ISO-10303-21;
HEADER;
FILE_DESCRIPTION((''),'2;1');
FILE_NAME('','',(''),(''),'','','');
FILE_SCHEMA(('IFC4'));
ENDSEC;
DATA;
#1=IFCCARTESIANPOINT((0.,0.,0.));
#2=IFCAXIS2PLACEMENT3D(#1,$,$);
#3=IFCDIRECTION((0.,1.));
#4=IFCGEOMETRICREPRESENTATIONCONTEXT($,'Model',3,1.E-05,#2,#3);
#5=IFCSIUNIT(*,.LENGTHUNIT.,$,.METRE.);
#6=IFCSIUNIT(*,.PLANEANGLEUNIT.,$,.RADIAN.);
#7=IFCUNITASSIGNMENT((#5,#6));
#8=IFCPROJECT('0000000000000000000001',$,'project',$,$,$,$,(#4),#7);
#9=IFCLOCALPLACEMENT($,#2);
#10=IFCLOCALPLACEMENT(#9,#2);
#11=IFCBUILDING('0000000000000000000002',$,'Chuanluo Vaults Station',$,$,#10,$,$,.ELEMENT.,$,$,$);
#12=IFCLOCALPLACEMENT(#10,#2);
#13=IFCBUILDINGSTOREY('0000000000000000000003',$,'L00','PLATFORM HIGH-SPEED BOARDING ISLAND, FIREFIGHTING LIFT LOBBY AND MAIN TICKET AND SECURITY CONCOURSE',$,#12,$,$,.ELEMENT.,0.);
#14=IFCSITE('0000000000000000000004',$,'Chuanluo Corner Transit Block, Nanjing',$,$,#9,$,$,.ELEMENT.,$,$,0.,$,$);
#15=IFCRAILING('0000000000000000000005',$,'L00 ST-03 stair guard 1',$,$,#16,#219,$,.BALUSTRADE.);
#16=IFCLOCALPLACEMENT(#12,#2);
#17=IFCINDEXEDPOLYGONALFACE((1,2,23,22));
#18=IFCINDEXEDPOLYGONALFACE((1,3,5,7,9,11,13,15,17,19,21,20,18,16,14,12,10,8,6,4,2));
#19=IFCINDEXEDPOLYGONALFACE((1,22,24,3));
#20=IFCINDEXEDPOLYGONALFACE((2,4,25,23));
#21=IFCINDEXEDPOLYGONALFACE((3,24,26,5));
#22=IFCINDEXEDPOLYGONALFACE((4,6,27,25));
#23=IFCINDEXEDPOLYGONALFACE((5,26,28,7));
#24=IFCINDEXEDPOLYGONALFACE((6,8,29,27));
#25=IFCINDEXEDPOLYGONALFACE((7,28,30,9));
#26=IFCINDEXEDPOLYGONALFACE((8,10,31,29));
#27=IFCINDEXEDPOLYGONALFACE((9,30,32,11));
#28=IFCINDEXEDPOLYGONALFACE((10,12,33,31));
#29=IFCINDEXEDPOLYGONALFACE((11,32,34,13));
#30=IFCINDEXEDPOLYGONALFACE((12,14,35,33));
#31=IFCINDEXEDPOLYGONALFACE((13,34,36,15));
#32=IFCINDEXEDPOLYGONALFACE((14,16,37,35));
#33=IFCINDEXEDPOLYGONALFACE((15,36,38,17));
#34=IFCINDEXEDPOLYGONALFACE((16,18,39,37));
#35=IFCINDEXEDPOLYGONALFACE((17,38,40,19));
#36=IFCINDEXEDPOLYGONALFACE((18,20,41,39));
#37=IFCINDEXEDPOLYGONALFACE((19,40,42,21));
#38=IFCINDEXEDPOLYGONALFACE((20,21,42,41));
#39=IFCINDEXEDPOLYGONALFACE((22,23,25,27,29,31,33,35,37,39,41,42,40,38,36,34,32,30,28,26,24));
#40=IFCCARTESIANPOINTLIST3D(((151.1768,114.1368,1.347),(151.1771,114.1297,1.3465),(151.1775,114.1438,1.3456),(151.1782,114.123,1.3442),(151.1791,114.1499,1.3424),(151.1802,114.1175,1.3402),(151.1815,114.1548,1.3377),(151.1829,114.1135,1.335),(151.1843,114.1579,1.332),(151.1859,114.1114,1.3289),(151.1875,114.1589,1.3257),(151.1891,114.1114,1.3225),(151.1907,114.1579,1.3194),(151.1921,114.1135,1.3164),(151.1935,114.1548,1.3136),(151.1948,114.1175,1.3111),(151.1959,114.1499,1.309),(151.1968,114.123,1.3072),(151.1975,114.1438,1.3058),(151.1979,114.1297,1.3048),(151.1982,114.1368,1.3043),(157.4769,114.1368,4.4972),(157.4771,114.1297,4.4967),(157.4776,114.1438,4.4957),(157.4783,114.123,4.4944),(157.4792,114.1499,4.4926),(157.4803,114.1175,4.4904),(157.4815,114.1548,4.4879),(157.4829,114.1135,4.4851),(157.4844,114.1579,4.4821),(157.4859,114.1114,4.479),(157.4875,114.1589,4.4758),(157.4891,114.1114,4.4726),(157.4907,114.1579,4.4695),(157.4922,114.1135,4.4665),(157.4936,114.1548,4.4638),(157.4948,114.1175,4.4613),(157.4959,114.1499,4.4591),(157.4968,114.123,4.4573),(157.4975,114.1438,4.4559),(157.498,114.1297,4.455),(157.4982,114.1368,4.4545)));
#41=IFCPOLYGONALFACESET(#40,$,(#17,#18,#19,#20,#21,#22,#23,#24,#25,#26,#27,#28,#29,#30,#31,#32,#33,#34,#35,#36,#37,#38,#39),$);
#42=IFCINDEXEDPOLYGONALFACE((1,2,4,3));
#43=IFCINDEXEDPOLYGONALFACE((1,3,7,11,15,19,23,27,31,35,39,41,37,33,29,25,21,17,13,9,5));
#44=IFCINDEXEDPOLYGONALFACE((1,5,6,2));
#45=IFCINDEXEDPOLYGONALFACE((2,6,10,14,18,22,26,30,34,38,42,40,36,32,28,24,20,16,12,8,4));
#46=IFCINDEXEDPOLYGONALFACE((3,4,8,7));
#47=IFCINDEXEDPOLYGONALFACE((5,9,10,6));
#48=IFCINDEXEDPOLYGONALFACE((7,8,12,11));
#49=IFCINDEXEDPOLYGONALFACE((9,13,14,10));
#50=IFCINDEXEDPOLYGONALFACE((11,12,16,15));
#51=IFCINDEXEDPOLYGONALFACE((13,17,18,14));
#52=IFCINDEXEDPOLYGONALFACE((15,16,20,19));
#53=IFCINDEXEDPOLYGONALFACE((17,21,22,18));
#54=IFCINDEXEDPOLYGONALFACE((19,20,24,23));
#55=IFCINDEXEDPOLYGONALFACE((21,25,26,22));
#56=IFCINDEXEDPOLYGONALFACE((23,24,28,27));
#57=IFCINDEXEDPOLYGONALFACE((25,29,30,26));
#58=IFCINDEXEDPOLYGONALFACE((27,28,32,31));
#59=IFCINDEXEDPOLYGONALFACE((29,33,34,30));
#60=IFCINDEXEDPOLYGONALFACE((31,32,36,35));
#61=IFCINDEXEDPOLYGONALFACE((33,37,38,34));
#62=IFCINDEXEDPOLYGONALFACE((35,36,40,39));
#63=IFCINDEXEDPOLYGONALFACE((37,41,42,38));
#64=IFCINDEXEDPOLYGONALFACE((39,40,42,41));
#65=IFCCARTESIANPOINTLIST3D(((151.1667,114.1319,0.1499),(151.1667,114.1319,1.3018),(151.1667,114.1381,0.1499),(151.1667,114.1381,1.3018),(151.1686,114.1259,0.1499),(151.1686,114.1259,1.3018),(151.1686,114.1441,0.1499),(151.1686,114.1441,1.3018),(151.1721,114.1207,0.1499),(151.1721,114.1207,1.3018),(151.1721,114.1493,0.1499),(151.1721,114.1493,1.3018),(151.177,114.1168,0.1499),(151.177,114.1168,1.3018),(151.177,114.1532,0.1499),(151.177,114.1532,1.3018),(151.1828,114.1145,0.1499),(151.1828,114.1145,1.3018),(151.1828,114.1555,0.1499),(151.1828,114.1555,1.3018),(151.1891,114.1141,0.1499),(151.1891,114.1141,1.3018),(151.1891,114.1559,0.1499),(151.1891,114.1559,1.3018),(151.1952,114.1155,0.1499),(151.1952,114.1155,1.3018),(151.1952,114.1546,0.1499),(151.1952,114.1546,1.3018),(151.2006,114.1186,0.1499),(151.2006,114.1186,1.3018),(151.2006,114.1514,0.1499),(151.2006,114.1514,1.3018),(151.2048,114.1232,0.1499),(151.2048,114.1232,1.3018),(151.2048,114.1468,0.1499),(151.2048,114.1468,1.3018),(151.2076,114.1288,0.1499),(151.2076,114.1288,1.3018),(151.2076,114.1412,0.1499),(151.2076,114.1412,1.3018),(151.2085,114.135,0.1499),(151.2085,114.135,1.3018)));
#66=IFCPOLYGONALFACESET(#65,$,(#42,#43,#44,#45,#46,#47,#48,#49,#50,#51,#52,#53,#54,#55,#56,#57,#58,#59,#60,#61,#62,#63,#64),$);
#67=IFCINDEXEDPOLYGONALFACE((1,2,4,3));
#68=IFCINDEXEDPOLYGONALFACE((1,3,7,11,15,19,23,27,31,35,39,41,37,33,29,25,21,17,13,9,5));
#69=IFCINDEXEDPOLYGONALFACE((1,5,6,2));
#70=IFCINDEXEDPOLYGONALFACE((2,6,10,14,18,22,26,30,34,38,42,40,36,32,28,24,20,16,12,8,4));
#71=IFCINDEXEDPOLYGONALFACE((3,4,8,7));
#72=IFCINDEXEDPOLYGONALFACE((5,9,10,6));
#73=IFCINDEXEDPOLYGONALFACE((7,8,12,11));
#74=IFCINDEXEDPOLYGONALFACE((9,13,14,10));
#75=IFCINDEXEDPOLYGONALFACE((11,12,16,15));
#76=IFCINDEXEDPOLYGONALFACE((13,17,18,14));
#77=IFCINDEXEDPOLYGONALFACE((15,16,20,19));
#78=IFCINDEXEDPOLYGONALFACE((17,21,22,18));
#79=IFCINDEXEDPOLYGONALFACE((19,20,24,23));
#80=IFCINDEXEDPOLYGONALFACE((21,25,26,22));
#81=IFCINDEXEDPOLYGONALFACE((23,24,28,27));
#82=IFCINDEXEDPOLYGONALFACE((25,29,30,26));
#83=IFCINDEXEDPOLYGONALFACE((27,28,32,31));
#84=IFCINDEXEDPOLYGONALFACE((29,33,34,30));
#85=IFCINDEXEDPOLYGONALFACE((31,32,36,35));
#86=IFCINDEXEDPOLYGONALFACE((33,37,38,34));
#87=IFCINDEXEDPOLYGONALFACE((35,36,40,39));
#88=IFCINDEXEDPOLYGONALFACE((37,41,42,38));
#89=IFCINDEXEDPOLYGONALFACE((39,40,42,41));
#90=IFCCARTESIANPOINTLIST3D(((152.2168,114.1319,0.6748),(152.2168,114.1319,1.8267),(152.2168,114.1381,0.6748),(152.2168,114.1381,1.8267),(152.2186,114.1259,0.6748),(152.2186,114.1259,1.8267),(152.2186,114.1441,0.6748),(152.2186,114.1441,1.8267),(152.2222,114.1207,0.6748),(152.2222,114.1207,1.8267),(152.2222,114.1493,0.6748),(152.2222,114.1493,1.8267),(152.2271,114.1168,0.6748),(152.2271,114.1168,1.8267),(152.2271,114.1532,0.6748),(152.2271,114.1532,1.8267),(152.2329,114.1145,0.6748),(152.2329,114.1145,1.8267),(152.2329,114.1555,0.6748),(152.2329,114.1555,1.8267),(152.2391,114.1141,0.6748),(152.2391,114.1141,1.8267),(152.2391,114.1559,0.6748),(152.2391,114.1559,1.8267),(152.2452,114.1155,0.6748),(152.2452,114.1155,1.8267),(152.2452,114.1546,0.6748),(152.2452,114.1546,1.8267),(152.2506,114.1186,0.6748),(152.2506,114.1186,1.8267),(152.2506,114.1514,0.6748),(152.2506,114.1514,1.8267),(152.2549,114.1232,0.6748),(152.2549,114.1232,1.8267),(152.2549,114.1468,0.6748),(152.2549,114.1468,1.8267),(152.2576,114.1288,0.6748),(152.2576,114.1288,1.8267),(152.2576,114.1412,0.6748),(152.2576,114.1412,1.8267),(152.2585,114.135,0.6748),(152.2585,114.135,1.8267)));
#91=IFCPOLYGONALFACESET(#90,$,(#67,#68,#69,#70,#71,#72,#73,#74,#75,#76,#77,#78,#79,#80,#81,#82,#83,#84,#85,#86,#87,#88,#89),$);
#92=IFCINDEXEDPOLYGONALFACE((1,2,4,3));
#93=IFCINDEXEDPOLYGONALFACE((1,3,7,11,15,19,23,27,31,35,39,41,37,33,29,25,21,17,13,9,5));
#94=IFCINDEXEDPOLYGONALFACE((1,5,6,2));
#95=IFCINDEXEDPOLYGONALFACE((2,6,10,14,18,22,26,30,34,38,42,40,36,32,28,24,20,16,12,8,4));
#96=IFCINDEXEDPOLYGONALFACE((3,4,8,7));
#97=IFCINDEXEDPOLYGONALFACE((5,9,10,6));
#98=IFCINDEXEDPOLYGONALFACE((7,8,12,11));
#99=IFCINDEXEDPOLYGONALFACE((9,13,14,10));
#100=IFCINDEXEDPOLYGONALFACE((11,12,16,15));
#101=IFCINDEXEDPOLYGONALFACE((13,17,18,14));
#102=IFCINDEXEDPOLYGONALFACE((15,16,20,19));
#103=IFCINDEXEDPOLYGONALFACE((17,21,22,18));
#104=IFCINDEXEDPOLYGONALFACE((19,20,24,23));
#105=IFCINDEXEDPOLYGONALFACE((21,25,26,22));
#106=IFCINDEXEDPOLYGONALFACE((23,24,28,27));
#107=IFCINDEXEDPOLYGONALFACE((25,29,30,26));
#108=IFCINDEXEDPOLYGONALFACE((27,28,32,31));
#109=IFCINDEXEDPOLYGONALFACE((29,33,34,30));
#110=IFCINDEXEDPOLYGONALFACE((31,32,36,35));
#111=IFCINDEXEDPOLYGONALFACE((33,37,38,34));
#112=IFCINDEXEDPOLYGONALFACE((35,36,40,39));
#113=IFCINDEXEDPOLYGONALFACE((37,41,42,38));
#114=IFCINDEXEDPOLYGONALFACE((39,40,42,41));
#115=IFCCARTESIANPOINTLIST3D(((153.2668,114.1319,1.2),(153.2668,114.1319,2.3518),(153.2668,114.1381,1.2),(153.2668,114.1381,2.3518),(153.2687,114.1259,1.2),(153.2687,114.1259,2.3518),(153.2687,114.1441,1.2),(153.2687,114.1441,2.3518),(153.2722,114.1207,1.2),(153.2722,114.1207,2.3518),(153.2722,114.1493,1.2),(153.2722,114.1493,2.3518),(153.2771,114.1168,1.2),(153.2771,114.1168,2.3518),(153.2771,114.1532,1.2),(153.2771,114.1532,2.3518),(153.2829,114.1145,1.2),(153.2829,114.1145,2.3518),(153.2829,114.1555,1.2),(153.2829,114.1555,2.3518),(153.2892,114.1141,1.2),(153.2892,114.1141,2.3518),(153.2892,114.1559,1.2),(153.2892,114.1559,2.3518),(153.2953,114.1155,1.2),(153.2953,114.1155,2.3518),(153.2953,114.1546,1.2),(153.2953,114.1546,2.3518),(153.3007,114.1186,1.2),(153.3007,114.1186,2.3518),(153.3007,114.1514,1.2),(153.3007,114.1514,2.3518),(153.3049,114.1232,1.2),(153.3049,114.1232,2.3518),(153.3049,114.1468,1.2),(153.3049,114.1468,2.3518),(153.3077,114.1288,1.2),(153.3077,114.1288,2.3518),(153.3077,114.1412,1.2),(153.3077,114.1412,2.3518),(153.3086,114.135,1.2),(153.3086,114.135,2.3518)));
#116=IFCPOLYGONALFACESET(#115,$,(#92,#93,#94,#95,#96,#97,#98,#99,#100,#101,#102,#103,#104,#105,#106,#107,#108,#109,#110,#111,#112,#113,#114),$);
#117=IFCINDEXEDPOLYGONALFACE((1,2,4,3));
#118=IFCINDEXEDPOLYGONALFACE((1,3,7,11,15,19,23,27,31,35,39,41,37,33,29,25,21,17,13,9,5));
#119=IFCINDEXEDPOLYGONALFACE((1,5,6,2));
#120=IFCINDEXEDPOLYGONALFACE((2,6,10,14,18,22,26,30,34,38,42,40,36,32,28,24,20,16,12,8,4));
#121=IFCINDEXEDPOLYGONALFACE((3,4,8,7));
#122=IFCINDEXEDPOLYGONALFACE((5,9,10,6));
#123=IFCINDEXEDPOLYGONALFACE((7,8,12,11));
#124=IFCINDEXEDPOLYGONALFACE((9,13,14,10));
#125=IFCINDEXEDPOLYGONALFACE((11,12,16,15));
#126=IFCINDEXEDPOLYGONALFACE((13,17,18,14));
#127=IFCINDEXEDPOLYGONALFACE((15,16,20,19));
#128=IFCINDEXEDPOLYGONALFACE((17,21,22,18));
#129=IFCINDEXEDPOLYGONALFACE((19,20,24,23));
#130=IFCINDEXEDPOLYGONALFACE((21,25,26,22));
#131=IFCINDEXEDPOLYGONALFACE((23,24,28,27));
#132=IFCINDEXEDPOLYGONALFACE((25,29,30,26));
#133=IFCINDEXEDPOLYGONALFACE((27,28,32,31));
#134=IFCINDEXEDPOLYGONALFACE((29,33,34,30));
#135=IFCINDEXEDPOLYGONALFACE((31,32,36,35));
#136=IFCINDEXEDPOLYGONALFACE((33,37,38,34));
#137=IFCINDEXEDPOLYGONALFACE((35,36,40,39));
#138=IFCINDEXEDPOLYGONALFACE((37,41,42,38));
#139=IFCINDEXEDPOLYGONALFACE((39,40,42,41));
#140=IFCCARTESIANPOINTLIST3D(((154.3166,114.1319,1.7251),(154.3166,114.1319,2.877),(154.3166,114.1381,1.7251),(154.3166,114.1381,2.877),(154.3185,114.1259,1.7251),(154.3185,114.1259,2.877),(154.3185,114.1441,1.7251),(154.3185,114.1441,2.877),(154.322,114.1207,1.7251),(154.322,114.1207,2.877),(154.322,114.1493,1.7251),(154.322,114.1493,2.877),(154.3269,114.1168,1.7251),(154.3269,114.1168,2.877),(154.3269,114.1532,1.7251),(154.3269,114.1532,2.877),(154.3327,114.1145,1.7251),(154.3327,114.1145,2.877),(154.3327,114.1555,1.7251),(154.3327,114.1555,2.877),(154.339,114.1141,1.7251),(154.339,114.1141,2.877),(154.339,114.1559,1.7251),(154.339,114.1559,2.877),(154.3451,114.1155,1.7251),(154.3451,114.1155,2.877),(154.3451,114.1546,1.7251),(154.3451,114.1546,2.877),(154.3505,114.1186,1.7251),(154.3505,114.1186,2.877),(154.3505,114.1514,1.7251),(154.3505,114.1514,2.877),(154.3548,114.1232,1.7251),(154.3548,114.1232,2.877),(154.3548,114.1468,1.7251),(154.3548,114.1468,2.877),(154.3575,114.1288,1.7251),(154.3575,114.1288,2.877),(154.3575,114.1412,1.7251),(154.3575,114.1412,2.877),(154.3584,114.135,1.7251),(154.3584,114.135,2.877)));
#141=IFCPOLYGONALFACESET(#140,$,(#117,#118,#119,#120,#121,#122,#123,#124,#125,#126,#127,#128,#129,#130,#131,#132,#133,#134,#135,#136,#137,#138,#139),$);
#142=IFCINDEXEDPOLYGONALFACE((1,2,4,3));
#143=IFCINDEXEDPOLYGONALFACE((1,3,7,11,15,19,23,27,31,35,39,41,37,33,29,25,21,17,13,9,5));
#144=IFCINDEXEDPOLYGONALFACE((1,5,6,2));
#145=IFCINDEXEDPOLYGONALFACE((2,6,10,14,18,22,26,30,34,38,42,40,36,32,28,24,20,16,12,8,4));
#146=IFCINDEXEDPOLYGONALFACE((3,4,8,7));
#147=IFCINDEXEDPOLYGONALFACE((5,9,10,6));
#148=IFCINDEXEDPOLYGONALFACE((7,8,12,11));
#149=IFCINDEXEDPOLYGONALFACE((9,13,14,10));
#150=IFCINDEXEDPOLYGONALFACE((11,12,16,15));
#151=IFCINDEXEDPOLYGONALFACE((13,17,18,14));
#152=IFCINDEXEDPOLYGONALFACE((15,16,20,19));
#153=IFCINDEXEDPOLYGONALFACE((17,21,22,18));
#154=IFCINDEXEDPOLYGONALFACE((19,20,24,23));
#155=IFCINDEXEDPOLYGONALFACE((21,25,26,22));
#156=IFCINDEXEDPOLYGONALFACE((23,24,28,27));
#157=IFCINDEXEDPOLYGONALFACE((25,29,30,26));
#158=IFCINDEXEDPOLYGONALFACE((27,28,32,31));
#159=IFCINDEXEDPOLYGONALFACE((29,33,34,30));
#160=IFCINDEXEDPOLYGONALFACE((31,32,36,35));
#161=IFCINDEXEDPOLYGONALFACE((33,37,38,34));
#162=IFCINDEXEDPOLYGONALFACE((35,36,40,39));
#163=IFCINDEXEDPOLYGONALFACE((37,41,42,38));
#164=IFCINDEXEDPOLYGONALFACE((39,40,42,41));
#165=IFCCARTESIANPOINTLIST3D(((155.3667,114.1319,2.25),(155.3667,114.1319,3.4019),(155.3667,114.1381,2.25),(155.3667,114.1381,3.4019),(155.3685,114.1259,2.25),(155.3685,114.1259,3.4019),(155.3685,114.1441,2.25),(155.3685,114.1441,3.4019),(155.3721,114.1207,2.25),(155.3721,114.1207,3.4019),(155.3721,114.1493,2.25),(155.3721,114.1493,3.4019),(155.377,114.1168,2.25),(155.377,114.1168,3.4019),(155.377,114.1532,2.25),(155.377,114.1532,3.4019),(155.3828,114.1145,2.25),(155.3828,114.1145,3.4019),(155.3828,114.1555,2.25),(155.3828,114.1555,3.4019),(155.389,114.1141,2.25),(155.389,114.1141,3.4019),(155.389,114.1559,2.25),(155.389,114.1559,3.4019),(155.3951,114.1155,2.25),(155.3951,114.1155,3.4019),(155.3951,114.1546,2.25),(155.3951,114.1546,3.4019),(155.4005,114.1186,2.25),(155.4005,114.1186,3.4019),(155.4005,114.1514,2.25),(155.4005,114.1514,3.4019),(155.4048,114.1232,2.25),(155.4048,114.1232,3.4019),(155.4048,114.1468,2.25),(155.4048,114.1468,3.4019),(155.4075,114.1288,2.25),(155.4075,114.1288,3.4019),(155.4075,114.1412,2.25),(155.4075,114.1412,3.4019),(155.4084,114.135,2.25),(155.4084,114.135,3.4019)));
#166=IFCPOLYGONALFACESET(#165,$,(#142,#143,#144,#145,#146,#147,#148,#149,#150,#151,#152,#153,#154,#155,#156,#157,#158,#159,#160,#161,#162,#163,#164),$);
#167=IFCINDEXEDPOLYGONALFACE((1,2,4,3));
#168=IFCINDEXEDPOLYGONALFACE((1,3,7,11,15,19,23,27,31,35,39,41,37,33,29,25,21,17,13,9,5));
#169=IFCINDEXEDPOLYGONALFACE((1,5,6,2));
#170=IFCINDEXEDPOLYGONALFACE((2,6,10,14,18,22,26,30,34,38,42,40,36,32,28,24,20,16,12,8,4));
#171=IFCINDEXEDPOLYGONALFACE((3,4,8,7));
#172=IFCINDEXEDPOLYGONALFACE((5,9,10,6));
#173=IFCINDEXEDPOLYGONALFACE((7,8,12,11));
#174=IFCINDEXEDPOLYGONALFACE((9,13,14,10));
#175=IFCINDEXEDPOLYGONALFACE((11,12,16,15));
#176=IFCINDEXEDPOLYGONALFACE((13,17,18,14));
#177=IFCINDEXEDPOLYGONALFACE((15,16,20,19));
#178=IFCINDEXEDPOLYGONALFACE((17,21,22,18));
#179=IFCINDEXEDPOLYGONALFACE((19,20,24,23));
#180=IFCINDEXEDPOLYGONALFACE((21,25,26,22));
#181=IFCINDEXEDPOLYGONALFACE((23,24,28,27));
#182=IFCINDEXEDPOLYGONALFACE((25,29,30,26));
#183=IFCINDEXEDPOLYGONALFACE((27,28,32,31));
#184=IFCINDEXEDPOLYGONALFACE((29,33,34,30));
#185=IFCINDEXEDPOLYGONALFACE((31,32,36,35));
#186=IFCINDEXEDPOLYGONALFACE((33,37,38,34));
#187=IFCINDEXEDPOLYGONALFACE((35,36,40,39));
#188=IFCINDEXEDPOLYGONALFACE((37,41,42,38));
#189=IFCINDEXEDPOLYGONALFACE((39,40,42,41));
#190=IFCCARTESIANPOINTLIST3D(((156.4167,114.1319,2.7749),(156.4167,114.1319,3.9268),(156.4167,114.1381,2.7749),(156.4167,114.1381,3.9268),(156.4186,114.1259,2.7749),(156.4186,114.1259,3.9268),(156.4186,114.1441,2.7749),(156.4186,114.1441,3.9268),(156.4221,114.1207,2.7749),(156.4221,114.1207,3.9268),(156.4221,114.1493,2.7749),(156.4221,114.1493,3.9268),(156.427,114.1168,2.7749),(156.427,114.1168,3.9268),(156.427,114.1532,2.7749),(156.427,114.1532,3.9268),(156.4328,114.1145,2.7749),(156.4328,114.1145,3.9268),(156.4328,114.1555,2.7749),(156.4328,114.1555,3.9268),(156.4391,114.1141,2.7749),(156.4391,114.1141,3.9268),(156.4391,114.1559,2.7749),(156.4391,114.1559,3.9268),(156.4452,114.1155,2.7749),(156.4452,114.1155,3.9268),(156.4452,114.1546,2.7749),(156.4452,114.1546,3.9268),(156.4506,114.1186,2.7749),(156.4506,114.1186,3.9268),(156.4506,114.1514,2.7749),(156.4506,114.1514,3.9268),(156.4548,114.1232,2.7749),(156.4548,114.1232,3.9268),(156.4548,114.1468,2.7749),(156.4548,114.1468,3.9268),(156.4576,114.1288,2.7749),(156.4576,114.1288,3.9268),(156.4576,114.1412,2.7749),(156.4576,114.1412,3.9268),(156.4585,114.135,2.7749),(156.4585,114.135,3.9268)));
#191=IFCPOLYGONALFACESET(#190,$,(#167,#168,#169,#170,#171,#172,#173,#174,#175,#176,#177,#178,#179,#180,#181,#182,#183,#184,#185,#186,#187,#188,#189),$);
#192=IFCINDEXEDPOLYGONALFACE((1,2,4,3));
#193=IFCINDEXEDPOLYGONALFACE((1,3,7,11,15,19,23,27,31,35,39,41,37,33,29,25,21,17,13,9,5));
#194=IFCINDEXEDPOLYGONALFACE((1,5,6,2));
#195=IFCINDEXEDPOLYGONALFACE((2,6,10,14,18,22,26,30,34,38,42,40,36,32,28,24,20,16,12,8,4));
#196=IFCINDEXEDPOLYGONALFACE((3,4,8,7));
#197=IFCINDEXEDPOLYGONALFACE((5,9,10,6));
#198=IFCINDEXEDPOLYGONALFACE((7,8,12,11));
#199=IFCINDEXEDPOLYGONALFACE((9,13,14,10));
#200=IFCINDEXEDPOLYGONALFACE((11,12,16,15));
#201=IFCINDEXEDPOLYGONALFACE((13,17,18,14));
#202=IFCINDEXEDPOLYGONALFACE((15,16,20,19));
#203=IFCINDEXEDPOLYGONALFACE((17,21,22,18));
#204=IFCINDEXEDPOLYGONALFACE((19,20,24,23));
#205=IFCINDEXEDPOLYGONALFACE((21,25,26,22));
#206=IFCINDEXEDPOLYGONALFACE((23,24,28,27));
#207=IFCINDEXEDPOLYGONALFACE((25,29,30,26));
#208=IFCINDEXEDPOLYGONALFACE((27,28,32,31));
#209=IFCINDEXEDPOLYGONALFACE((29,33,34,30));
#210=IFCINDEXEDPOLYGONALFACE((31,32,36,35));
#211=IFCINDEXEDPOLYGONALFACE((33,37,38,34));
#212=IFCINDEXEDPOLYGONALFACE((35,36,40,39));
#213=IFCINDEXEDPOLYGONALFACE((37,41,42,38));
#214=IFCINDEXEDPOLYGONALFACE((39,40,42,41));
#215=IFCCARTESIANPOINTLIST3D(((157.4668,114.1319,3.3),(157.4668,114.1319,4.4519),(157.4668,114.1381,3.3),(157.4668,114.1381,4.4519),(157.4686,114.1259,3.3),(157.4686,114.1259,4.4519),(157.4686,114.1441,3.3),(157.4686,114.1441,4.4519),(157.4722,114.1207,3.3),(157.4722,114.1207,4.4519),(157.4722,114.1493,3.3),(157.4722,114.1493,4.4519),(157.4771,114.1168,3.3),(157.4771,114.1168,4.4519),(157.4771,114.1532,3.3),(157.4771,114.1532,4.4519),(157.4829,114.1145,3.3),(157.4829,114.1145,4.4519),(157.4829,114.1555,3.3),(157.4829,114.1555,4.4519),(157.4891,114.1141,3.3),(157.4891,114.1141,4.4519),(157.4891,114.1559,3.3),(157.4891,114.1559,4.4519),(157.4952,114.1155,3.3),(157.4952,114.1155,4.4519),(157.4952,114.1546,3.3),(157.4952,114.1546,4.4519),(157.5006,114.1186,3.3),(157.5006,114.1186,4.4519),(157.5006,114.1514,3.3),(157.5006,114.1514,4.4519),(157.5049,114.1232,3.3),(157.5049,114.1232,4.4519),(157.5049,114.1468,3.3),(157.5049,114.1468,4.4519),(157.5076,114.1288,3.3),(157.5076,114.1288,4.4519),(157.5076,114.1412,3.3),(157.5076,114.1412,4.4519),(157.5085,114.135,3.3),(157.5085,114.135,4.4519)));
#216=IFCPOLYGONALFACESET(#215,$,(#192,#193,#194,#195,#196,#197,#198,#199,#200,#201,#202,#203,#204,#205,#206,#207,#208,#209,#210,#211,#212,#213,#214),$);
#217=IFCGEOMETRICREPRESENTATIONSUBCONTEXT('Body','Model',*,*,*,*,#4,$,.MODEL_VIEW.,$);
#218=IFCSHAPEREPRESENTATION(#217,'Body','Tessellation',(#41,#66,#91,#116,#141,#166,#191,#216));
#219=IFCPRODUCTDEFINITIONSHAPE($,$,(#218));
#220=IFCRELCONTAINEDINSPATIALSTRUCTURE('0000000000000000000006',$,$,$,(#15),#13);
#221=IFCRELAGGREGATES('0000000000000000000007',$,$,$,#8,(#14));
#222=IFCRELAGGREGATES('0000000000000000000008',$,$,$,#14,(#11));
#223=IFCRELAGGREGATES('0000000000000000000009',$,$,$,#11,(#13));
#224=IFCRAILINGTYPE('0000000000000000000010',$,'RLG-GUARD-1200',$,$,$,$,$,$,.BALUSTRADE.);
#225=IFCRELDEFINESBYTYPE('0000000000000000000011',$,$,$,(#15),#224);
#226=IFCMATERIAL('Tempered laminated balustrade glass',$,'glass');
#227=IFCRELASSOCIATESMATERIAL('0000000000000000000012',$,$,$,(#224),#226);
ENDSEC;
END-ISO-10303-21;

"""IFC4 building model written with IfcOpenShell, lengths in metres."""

from ifc_helpers import new_model, si_unit, direction, frame, origin, origin_2d, place, context, subcontext, project, spatial, circle, extrude, material, type_object, element, save


model = new_model("IFC4")

# Units and contexts
model_context = context("Model", 3, precision=1e-05, world=origin(), true_north=direction((0.0, 1.0)))
body_context = subcontext(model_context, "Body", "Model", "MODEL_VIEW")
ifc_project = project(units=[si_unit("LENGTHUNIT", "METRE"), si_unit("PLANEANGLEUNIT", "RADIAN")], contexts=[model_context])

# Site, building, storey
site_placement = place(None, origin())
site = spatial("IfcSite", under=ifc_project, at=site_placement, Name="Chuanluo Corner Transit Block, Nanjing", CompositionType="ELEMENT", RefElevation=0.0)
building_placement = place(site_placement, origin())
building = spatial("IfcBuilding", under=site, at=building_placement, Name="Chuanluo Vaults Station", CompositionType="ELEMENT")
storey_placement = place(building_placement, origin())
storey = spatial("IfcBuildingStorey", under=building, at=storey_placement, Name="L00", Description="PLATFORM HIGH-SPEED BOARDING ISLAND, FIREFIGHTING LIFT LOBBY AND MAIN TICKET AND SECURITY CONCOURSE", CompositionType="ELEMENT", Elevation=0.0)

# Railing
ifc_material_1 = material(Name="Tempered laminated balustrade glass", Category="glass")
railing_type_1 = type_object("IfcRailingType", Name="RLG-GUARD-1200", PredefinedType="BALUSTRADE", material=ifc_material_1)
railing_1_placement = place(storey_placement, frame((151.1875, 114.135, 0.1499)))
element("IfcRailing", 1, at=railing_1_placement, inside=storey, type_object=railing_type_1, Name="L00 ST-03 stair guard 1", PredefinedType="BALUSTRADE", context=body_context, shape_type="SweptSolid", body=[
    extrude(circle(Radius=0.0239, at=origin_2d()), frame((0.0, 0.0, 1.1758), z_axis=(0.89442, 0.0, 0.447227), x_axis=(0.0, 1.0, 0.0)), (0.0, 0.0, 1.0), 7.0437),
    extrude(circle(Radius=0.021, at=origin_2d()), origin(), (0.0, 0.0, 1.0), 1.1519),
    extrude(circle(Radius=0.021, at=origin_2d()), frame((1.05, 0.0, 0.5249)), (0.0, 0.0, 1.0), 1.1519),
    extrude(circle(Radius=0.021, at=origin_2d()), frame((2.1001, 0.0, 1.05)), (0.0, 0.0, 1.0), 1.1519),
    extrude(circle(Radius=0.021, at=origin_2d()), frame((3.1499, 0.0, 1.5752)), (0.0, 0.0, 1.0), 1.1519),
    extrude(circle(Radius=0.021, at=origin_2d()), frame((4.2, 0.0, 2.1001)), (0.0, 0.0, 1.0), 1.1519),
    extrude(circle(Radius=0.021, at=origin_2d()), frame((5.25, 0.0, 2.625)), (0.0, 0.0, 1.0), 1.1519),
    extrude(circle(Radius=0.021, at=origin_2d()), frame((6.3, 0.0, 3.1501)), (0.0, 0.0, 1.0), 1.1519),
])

save(model, "model.ifc")
